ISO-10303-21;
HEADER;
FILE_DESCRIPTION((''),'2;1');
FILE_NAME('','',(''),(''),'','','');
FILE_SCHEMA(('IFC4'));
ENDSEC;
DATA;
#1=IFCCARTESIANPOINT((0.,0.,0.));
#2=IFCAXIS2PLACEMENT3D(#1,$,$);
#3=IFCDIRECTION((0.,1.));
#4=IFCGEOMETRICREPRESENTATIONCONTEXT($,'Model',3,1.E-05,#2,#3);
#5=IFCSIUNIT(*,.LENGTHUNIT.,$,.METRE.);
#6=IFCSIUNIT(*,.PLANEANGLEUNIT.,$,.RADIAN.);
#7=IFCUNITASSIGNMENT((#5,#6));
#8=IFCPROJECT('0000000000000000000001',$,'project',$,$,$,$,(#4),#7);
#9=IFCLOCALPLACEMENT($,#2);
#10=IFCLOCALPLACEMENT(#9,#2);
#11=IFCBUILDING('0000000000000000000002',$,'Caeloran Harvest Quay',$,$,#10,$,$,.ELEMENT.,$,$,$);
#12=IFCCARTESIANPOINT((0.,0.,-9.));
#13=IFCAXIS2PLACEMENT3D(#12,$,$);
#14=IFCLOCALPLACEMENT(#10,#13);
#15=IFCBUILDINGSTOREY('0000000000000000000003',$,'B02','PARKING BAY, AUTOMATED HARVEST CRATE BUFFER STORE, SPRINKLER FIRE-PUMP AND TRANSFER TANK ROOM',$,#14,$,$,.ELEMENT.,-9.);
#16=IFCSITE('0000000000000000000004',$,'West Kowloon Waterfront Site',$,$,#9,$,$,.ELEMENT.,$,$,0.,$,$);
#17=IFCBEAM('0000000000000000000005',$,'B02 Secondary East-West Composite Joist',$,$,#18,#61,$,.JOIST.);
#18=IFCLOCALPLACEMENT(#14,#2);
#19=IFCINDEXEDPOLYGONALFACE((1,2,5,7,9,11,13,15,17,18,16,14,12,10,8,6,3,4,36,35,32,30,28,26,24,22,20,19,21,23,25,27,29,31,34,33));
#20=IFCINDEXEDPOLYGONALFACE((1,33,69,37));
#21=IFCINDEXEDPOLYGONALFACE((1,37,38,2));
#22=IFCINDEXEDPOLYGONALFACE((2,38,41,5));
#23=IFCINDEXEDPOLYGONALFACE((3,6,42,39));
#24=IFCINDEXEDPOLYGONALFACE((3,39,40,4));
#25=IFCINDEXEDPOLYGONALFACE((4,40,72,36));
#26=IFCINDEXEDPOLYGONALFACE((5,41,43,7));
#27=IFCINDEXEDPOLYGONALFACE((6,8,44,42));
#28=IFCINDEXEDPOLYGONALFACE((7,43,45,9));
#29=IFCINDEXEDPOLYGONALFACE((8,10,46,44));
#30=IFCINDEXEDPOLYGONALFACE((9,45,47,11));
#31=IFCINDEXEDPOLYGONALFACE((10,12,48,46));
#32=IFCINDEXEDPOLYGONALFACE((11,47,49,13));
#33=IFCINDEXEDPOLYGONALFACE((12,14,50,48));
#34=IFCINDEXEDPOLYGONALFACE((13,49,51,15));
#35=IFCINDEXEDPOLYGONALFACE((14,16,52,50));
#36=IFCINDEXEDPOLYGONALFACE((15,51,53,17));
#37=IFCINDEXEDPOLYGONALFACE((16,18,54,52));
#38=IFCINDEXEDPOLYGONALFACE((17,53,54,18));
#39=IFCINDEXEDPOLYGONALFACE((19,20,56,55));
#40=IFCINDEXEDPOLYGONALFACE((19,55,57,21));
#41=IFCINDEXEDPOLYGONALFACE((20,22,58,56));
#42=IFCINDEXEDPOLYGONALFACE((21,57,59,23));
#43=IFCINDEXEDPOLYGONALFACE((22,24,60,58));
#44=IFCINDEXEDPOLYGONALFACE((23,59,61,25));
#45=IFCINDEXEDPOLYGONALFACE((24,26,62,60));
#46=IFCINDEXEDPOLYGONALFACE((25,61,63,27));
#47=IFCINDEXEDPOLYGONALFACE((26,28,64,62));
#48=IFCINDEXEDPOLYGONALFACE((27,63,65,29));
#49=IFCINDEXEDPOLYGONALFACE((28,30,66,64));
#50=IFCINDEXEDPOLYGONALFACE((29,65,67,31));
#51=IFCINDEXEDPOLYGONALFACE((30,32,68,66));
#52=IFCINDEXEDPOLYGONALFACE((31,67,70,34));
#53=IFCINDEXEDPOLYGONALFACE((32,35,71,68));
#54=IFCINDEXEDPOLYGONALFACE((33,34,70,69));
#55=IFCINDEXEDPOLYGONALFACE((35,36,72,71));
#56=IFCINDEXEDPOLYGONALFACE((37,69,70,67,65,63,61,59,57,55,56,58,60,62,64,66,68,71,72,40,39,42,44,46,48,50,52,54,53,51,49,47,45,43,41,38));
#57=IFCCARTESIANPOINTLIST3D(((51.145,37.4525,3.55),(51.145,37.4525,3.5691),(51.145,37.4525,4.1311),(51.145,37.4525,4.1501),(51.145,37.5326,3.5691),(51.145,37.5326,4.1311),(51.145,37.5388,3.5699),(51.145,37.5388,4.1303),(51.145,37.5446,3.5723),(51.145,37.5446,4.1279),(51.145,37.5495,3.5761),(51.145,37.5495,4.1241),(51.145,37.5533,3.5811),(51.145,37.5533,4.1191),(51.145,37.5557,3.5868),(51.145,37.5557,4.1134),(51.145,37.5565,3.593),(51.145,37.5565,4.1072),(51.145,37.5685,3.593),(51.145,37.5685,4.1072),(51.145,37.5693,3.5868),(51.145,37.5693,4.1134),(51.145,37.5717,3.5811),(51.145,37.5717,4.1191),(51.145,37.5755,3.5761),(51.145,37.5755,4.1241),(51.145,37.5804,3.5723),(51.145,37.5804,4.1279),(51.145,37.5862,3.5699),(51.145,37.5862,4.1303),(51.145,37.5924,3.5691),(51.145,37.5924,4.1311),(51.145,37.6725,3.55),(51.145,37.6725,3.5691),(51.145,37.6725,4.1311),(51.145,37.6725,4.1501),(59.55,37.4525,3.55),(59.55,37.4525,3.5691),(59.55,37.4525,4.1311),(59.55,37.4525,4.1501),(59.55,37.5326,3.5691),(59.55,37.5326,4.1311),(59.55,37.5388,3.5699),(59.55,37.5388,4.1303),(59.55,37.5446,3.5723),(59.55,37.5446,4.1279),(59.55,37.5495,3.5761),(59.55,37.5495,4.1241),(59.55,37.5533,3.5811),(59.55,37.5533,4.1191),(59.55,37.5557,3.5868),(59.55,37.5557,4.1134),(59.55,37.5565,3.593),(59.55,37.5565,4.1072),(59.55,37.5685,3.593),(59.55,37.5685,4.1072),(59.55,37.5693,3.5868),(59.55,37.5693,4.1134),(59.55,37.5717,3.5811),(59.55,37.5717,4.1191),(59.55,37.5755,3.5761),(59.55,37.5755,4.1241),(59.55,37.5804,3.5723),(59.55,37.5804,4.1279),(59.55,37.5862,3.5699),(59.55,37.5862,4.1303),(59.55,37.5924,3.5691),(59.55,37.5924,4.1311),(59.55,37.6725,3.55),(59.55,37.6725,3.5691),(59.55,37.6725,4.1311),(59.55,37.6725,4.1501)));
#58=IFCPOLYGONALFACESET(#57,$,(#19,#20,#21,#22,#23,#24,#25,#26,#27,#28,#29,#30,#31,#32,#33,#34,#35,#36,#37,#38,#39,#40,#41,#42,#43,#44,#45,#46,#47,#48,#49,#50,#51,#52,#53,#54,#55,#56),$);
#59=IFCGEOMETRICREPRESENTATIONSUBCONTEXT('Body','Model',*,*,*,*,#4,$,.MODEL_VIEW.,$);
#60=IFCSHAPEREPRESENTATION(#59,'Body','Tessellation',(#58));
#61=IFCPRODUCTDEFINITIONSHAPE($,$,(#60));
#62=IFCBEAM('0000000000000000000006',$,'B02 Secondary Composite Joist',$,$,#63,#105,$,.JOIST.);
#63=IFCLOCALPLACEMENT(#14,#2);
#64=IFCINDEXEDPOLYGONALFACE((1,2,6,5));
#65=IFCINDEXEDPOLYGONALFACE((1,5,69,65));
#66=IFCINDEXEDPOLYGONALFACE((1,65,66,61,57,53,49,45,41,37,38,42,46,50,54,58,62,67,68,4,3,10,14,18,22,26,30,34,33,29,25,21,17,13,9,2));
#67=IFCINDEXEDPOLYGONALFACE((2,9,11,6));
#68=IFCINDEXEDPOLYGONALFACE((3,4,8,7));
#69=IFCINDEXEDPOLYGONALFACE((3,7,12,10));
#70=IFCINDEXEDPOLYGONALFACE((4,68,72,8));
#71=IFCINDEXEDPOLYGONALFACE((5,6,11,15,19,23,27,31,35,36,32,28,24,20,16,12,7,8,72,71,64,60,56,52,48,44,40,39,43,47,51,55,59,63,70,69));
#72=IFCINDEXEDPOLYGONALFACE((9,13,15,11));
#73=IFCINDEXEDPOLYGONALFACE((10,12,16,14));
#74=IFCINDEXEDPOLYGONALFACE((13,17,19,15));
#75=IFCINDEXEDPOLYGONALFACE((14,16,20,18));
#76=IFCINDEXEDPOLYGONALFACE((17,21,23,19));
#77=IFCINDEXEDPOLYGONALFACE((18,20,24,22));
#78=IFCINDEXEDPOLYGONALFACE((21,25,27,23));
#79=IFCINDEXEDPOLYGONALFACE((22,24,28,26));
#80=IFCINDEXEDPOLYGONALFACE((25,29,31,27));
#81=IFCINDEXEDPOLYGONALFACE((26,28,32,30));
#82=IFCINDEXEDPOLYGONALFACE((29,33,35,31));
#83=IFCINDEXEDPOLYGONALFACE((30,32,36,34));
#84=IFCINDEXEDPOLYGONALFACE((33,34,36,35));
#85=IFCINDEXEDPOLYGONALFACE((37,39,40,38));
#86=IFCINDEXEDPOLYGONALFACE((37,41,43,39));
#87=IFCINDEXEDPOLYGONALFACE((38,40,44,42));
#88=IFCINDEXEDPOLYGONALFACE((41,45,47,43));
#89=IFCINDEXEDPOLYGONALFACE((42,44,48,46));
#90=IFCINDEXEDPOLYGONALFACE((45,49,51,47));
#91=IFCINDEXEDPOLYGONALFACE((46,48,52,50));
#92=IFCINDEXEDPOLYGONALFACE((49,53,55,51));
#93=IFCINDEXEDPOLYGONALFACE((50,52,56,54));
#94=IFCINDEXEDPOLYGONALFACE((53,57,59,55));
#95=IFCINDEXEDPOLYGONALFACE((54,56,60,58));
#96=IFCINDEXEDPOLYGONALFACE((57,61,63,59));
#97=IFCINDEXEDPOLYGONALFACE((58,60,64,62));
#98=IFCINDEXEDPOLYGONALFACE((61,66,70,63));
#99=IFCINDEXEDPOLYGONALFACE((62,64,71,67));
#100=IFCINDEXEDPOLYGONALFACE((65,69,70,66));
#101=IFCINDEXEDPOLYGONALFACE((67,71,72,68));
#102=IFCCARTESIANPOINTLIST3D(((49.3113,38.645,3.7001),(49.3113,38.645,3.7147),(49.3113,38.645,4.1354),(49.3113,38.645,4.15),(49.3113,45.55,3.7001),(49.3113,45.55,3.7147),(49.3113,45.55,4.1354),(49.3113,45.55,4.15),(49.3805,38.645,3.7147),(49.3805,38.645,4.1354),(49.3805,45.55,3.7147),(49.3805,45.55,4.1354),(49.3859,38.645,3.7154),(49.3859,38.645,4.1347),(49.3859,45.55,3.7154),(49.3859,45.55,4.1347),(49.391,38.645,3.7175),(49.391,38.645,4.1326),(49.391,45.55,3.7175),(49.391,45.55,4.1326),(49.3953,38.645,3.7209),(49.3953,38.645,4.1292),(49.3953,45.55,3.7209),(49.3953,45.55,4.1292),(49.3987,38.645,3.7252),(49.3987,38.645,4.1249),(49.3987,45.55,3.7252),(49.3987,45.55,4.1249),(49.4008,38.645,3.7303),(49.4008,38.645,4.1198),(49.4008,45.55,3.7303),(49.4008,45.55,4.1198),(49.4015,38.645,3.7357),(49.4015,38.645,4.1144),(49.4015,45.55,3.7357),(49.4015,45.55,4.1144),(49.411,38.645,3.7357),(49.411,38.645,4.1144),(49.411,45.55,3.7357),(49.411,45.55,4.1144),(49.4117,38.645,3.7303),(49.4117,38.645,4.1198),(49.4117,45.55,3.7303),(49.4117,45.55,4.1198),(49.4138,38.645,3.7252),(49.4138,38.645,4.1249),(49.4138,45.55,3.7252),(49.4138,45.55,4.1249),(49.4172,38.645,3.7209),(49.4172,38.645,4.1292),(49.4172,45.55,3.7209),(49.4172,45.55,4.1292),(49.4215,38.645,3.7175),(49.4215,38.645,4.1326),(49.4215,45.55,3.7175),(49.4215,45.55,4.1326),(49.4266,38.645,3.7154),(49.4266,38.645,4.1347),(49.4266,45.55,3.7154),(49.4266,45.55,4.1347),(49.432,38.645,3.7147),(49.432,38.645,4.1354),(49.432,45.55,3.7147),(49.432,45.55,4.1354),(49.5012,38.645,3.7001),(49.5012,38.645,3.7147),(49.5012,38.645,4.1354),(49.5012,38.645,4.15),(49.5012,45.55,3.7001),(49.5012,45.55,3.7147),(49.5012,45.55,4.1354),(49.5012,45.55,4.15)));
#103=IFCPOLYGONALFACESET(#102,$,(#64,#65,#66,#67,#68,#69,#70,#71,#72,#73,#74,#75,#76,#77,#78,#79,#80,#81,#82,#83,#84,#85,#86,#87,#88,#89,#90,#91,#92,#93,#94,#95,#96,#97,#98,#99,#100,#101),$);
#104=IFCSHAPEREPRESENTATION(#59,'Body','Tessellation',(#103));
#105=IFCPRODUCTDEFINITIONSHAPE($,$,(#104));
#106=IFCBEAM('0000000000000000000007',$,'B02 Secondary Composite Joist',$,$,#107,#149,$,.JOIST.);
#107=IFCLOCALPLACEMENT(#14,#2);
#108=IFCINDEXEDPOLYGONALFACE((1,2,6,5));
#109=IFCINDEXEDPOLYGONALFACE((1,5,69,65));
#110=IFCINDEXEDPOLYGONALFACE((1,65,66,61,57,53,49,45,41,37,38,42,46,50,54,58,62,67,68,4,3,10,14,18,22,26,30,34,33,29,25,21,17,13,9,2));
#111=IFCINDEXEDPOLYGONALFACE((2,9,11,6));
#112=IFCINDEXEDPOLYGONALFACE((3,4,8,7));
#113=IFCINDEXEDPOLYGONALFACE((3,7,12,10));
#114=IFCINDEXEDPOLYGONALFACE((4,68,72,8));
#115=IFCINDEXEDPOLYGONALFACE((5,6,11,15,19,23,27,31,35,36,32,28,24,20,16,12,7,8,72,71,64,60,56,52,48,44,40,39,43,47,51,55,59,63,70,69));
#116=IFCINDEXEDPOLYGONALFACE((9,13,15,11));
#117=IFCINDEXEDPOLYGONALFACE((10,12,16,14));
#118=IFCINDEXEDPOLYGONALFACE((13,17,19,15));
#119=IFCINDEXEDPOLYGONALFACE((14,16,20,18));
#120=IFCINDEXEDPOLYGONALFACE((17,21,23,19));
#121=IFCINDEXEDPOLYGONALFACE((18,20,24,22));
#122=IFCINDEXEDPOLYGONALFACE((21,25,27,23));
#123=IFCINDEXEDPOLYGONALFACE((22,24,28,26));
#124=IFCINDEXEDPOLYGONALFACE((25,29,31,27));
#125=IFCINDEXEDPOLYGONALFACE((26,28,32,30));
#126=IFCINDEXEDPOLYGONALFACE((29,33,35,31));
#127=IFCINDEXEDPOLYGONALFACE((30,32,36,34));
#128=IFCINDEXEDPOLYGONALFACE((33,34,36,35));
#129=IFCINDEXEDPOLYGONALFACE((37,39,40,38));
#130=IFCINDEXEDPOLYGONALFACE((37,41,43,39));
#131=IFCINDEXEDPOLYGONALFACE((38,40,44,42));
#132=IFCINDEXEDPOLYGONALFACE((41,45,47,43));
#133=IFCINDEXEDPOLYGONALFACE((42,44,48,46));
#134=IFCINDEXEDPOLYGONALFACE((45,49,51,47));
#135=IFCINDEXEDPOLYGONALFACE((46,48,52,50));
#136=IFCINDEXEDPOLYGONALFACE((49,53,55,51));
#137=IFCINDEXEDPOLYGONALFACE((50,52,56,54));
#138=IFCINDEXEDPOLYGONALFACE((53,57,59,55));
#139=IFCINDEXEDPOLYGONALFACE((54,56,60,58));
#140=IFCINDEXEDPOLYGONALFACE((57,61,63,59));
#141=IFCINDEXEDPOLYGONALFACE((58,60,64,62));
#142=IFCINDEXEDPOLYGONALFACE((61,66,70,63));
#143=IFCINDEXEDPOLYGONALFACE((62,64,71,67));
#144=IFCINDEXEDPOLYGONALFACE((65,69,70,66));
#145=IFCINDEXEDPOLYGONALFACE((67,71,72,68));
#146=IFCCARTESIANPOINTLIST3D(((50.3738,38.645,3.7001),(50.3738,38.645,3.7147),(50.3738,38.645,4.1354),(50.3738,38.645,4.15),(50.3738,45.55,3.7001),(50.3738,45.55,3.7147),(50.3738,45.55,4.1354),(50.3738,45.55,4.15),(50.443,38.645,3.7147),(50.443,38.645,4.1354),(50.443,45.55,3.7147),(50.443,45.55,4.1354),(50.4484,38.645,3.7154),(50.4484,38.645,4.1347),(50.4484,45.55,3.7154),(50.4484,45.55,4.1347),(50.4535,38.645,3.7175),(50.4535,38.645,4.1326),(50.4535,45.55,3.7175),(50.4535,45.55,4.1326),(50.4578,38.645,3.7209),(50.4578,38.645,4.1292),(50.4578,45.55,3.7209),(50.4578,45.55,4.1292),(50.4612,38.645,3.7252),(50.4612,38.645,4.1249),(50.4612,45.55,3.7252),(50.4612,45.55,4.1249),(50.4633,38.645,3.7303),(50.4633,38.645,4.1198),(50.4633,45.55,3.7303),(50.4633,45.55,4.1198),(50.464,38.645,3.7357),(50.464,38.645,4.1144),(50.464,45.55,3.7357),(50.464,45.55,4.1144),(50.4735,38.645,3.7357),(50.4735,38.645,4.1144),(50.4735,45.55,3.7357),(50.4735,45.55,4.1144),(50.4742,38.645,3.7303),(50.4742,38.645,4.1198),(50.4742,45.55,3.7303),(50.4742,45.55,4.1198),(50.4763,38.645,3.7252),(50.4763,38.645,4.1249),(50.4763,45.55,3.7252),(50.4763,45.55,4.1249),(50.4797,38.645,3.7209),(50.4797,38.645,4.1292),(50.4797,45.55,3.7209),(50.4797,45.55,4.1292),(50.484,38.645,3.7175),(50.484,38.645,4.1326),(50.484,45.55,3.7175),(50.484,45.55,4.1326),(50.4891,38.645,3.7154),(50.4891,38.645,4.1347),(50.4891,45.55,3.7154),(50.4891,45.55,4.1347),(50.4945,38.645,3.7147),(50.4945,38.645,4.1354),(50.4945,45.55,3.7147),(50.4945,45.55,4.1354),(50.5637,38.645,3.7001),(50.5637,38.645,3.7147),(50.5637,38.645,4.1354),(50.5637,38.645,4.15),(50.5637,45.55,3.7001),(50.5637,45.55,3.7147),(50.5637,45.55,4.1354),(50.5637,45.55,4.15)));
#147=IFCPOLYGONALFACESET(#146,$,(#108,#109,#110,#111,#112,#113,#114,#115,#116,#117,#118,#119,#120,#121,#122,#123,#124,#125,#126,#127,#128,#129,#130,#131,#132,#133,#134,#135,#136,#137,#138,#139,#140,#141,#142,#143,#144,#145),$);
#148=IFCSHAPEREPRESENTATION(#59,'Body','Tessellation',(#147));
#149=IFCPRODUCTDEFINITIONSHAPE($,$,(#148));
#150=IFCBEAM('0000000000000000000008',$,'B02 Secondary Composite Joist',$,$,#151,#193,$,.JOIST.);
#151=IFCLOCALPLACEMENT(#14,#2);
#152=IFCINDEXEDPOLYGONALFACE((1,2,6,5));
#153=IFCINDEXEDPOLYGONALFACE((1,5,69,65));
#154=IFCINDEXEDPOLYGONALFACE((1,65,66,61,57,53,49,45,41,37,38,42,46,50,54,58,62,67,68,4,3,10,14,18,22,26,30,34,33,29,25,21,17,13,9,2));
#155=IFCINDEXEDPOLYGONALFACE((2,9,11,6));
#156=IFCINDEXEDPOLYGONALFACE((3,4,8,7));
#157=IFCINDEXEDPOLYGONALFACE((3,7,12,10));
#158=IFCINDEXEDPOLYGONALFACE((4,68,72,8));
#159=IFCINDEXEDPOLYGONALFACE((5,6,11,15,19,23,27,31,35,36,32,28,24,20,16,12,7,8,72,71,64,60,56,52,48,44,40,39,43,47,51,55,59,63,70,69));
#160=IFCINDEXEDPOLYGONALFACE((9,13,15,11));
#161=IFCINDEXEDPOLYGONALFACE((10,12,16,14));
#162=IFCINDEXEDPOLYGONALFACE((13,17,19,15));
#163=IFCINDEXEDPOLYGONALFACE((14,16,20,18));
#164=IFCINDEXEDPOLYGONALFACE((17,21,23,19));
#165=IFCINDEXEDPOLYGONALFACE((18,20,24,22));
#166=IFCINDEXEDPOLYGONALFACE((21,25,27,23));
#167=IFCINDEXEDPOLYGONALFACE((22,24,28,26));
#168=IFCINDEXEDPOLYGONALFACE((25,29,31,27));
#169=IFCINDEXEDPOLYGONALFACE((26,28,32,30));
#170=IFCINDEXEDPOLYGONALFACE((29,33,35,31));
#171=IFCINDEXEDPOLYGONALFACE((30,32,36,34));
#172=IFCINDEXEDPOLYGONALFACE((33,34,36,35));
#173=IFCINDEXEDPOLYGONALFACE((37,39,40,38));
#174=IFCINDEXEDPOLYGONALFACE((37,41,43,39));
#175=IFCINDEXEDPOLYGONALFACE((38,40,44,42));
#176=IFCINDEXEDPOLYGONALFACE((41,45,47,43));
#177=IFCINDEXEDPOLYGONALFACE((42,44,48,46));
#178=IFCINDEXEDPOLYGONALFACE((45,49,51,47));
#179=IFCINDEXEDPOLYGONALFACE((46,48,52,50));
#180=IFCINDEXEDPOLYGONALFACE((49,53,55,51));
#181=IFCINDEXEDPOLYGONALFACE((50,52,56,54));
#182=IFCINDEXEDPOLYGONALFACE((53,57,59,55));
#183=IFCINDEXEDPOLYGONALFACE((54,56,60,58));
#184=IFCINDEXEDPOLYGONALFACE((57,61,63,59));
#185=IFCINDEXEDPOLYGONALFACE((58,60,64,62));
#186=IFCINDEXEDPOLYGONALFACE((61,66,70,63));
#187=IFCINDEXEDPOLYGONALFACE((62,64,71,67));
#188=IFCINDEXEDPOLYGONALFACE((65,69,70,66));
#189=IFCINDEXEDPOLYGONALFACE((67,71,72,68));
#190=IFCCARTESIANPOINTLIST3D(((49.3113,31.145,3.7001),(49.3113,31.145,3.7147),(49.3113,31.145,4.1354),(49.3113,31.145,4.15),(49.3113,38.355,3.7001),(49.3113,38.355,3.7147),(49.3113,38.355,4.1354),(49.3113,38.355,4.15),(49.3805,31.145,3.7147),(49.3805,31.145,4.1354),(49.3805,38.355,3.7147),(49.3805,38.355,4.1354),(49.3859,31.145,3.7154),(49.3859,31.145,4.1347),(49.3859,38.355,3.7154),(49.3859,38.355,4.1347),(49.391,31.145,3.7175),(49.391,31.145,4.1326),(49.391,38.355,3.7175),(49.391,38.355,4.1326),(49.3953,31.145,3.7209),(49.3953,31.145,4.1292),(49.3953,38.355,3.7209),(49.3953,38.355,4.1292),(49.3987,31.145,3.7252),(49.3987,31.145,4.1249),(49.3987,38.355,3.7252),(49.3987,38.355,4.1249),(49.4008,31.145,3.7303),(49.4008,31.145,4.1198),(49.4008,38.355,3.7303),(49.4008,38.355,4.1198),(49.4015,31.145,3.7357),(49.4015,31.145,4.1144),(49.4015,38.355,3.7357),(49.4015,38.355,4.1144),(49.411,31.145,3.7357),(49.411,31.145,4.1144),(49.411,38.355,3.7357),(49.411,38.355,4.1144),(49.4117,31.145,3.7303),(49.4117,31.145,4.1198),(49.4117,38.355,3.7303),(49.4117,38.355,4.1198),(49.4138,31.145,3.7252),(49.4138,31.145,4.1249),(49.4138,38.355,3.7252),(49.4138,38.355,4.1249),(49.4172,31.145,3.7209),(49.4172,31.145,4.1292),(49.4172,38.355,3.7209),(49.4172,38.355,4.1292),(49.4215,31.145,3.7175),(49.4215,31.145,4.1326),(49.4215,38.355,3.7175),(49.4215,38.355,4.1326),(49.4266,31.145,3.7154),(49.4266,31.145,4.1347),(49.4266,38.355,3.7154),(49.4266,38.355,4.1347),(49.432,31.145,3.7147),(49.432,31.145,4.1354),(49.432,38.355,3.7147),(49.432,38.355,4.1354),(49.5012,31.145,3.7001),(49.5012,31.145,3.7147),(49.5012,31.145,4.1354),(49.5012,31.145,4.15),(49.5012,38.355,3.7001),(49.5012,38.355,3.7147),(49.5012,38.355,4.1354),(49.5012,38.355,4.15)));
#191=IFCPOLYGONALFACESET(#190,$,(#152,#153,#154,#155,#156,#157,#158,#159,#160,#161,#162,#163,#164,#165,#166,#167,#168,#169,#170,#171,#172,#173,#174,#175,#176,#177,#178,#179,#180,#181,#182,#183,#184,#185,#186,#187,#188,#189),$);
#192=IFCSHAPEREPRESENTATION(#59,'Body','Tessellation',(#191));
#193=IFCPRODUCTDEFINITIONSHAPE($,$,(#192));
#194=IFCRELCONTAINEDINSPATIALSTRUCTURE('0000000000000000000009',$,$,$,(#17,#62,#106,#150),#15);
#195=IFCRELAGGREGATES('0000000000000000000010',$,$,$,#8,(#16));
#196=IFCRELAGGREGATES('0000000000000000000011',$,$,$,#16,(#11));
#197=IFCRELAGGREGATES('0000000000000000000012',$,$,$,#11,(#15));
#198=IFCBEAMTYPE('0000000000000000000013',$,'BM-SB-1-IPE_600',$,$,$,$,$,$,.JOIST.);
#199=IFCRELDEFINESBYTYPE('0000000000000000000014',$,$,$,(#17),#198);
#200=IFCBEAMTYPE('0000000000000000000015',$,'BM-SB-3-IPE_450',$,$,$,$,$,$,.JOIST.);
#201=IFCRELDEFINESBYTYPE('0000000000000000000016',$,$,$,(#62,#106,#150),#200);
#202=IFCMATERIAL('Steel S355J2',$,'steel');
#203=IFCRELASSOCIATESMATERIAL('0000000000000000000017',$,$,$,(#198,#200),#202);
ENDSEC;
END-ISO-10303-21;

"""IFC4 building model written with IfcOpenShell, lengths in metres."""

from ifc_helpers import new_model, si_unit, direction, frame, origin, origin_2d, place, context, subcontext, project, spatial, i_section, extrude, material, material_profile, profile_set, type_object, element, save


model = new_model("IFC4")

# Units and contexts
model_context = context("Model", 3, precision=1e-05, world=origin(), true_north=direction((0.0, 1.0)))
body_context = subcontext(model_context, "Body", "Model", "MODEL_VIEW")
ifc_project = project(units=[si_unit("LENGTHUNIT", "METRE"), si_unit("PLANEANGLEUNIT", "RADIAN")], contexts=[model_context])

# Site, building, storey
site_placement = place(None, origin())
site = spatial("IfcSite", under=ifc_project, at=site_placement, Name="West Kowloon Waterfront Site", CompositionType="ELEMENT", RefElevation=0.0)
building_placement = place(site_placement, origin())
building = spatial("IfcBuilding", under=site, at=building_placement, Name="Caeloran Harvest Quay", CompositionType="ELEMENT")
storey_placement = place(building_placement, frame((0.0, 0.0, -9.0)))
storey = spatial("IfcBuildingStorey", under=building, at=storey_placement, Name="B02", Description="PARKING BAY, AUTOMATED HARVEST CRATE BUFFER STORE, SPRINKLER FIRE-PUMP AND TRANSFER TANK ROOM", CompositionType="ELEMENT", Elevation=-9.0)

# Beams
ifc_material_1 = material(Name="Steel S355J2", Category="steel")
ifc_material_profile_1 = material_profile(ifc_material_1, i_section(OverallWidth=0.22, OverallDepth=0.6001, WebThickness=0.012, FlangeThickness=0.019, FilletRadius=0.0239, at=origin_2d()), Name="IPE 600")
ifc_profile_set_1 = profile_set([ifc_material_profile_1], Name="Steel S355J2")
beam_type_1 = type_object("IfcBeamType", Name="BM-SB-1-IPE_600", PredefinedType="JOIST", material=ifc_profile_set_1)
for number, where, z_axis, x_axis, name in (
    (1, (51.145, 37.5625, 3.8501), (1.0, 0.0, 0.0), (0.0, 1.0, 0.0), "B02 Secondary East-West Composite Joist"),
):
    element("IfcBeam", number, at=place(storey_placement, frame(where, z_axis=z_axis, x_axis=x_axis)), inside=storey, type_object=beam_type_1, Name=name, PredefinedType="JOIST", context=body_context, shape_type="SweptSolid", body=[
        extrude(i_section(OverallWidth=0.22, OverallDepth=0.6001, WebThickness=0.012, FlangeThickness=0.019, FilletRadius=0.0239, at=origin_2d()), origin(), (0.0, 0.0, 1.0), 8.405),
    ])
ifc_material_profile_2 = material_profile(ifc_material_1, i_section(OverallWidth=0.1899, OverallDepth=0.45, WebThickness=0.0095, FlangeThickness=0.0146, FilletRadius=0.021, at=origin_2d()), Name="IPE 450")
ifc_profile_set_2 = profile_set([ifc_material_profile_2], Name="Steel S355J2")
beam_type_2 = type_object("IfcBeamType", Name="BM-SB-3-IPE_450", PredefinedType="JOIST", material=ifc_profile_set_2)
for number, where, z_axis, x_axis, name in (
    (2, (49.4062, 38.645, 3.925), (0.0, 1.0, 0.0), (-1.0, 0.0, 0.0), "B02 Secondary Composite Joist"),
    (3, (50.4688, 38.645, 3.925), (0.0, 1.0, 0.0), (-1.0, 0.0, 0.0), "B02 Secondary Composite Joist"),
):
    element("IfcBeam", number, at=place(storey_placement, frame(where, z_axis=z_axis, x_axis=x_axis)), inside=storey, type_object=beam_type_2, Name=name, PredefinedType="JOIST", context=body_context, shape_type="SweptSolid", body=[
        extrude(i_section(OverallWidth=0.1899, OverallDepth=0.45, WebThickness=0.0095, FlangeThickness=0.0146, FilletRadius=0.021, at=origin_2d()), origin(), (0.0, 0.0, 1.0), 6.905),
    ])
for number, where, z_axis, x_axis, name in (
    (4, (49.4062, 31.145, 3.925), (0.0, 1.0, 0.0), (-1.0, 0.0, 0.0), "B02 Secondary Composite Joist"),
):
    element("IfcBeam", number, at=place(storey_placement, frame(where, z_axis=z_axis, x_axis=x_axis)), inside=storey, type_object=beam_type_2, Name=name, PredefinedType="JOIST", context=body_context, shape_type="SweptSolid", body=[
        extrude(i_section(OverallWidth=0.1899, OverallDepth=0.45, WebThickness=0.0095, FlangeThickness=0.0146, FilletRadius=0.021, at=origin_2d()), origin(), (0.0, 0.0, 1.0), 7.21),
    ])

save(model, "model.ifc")
